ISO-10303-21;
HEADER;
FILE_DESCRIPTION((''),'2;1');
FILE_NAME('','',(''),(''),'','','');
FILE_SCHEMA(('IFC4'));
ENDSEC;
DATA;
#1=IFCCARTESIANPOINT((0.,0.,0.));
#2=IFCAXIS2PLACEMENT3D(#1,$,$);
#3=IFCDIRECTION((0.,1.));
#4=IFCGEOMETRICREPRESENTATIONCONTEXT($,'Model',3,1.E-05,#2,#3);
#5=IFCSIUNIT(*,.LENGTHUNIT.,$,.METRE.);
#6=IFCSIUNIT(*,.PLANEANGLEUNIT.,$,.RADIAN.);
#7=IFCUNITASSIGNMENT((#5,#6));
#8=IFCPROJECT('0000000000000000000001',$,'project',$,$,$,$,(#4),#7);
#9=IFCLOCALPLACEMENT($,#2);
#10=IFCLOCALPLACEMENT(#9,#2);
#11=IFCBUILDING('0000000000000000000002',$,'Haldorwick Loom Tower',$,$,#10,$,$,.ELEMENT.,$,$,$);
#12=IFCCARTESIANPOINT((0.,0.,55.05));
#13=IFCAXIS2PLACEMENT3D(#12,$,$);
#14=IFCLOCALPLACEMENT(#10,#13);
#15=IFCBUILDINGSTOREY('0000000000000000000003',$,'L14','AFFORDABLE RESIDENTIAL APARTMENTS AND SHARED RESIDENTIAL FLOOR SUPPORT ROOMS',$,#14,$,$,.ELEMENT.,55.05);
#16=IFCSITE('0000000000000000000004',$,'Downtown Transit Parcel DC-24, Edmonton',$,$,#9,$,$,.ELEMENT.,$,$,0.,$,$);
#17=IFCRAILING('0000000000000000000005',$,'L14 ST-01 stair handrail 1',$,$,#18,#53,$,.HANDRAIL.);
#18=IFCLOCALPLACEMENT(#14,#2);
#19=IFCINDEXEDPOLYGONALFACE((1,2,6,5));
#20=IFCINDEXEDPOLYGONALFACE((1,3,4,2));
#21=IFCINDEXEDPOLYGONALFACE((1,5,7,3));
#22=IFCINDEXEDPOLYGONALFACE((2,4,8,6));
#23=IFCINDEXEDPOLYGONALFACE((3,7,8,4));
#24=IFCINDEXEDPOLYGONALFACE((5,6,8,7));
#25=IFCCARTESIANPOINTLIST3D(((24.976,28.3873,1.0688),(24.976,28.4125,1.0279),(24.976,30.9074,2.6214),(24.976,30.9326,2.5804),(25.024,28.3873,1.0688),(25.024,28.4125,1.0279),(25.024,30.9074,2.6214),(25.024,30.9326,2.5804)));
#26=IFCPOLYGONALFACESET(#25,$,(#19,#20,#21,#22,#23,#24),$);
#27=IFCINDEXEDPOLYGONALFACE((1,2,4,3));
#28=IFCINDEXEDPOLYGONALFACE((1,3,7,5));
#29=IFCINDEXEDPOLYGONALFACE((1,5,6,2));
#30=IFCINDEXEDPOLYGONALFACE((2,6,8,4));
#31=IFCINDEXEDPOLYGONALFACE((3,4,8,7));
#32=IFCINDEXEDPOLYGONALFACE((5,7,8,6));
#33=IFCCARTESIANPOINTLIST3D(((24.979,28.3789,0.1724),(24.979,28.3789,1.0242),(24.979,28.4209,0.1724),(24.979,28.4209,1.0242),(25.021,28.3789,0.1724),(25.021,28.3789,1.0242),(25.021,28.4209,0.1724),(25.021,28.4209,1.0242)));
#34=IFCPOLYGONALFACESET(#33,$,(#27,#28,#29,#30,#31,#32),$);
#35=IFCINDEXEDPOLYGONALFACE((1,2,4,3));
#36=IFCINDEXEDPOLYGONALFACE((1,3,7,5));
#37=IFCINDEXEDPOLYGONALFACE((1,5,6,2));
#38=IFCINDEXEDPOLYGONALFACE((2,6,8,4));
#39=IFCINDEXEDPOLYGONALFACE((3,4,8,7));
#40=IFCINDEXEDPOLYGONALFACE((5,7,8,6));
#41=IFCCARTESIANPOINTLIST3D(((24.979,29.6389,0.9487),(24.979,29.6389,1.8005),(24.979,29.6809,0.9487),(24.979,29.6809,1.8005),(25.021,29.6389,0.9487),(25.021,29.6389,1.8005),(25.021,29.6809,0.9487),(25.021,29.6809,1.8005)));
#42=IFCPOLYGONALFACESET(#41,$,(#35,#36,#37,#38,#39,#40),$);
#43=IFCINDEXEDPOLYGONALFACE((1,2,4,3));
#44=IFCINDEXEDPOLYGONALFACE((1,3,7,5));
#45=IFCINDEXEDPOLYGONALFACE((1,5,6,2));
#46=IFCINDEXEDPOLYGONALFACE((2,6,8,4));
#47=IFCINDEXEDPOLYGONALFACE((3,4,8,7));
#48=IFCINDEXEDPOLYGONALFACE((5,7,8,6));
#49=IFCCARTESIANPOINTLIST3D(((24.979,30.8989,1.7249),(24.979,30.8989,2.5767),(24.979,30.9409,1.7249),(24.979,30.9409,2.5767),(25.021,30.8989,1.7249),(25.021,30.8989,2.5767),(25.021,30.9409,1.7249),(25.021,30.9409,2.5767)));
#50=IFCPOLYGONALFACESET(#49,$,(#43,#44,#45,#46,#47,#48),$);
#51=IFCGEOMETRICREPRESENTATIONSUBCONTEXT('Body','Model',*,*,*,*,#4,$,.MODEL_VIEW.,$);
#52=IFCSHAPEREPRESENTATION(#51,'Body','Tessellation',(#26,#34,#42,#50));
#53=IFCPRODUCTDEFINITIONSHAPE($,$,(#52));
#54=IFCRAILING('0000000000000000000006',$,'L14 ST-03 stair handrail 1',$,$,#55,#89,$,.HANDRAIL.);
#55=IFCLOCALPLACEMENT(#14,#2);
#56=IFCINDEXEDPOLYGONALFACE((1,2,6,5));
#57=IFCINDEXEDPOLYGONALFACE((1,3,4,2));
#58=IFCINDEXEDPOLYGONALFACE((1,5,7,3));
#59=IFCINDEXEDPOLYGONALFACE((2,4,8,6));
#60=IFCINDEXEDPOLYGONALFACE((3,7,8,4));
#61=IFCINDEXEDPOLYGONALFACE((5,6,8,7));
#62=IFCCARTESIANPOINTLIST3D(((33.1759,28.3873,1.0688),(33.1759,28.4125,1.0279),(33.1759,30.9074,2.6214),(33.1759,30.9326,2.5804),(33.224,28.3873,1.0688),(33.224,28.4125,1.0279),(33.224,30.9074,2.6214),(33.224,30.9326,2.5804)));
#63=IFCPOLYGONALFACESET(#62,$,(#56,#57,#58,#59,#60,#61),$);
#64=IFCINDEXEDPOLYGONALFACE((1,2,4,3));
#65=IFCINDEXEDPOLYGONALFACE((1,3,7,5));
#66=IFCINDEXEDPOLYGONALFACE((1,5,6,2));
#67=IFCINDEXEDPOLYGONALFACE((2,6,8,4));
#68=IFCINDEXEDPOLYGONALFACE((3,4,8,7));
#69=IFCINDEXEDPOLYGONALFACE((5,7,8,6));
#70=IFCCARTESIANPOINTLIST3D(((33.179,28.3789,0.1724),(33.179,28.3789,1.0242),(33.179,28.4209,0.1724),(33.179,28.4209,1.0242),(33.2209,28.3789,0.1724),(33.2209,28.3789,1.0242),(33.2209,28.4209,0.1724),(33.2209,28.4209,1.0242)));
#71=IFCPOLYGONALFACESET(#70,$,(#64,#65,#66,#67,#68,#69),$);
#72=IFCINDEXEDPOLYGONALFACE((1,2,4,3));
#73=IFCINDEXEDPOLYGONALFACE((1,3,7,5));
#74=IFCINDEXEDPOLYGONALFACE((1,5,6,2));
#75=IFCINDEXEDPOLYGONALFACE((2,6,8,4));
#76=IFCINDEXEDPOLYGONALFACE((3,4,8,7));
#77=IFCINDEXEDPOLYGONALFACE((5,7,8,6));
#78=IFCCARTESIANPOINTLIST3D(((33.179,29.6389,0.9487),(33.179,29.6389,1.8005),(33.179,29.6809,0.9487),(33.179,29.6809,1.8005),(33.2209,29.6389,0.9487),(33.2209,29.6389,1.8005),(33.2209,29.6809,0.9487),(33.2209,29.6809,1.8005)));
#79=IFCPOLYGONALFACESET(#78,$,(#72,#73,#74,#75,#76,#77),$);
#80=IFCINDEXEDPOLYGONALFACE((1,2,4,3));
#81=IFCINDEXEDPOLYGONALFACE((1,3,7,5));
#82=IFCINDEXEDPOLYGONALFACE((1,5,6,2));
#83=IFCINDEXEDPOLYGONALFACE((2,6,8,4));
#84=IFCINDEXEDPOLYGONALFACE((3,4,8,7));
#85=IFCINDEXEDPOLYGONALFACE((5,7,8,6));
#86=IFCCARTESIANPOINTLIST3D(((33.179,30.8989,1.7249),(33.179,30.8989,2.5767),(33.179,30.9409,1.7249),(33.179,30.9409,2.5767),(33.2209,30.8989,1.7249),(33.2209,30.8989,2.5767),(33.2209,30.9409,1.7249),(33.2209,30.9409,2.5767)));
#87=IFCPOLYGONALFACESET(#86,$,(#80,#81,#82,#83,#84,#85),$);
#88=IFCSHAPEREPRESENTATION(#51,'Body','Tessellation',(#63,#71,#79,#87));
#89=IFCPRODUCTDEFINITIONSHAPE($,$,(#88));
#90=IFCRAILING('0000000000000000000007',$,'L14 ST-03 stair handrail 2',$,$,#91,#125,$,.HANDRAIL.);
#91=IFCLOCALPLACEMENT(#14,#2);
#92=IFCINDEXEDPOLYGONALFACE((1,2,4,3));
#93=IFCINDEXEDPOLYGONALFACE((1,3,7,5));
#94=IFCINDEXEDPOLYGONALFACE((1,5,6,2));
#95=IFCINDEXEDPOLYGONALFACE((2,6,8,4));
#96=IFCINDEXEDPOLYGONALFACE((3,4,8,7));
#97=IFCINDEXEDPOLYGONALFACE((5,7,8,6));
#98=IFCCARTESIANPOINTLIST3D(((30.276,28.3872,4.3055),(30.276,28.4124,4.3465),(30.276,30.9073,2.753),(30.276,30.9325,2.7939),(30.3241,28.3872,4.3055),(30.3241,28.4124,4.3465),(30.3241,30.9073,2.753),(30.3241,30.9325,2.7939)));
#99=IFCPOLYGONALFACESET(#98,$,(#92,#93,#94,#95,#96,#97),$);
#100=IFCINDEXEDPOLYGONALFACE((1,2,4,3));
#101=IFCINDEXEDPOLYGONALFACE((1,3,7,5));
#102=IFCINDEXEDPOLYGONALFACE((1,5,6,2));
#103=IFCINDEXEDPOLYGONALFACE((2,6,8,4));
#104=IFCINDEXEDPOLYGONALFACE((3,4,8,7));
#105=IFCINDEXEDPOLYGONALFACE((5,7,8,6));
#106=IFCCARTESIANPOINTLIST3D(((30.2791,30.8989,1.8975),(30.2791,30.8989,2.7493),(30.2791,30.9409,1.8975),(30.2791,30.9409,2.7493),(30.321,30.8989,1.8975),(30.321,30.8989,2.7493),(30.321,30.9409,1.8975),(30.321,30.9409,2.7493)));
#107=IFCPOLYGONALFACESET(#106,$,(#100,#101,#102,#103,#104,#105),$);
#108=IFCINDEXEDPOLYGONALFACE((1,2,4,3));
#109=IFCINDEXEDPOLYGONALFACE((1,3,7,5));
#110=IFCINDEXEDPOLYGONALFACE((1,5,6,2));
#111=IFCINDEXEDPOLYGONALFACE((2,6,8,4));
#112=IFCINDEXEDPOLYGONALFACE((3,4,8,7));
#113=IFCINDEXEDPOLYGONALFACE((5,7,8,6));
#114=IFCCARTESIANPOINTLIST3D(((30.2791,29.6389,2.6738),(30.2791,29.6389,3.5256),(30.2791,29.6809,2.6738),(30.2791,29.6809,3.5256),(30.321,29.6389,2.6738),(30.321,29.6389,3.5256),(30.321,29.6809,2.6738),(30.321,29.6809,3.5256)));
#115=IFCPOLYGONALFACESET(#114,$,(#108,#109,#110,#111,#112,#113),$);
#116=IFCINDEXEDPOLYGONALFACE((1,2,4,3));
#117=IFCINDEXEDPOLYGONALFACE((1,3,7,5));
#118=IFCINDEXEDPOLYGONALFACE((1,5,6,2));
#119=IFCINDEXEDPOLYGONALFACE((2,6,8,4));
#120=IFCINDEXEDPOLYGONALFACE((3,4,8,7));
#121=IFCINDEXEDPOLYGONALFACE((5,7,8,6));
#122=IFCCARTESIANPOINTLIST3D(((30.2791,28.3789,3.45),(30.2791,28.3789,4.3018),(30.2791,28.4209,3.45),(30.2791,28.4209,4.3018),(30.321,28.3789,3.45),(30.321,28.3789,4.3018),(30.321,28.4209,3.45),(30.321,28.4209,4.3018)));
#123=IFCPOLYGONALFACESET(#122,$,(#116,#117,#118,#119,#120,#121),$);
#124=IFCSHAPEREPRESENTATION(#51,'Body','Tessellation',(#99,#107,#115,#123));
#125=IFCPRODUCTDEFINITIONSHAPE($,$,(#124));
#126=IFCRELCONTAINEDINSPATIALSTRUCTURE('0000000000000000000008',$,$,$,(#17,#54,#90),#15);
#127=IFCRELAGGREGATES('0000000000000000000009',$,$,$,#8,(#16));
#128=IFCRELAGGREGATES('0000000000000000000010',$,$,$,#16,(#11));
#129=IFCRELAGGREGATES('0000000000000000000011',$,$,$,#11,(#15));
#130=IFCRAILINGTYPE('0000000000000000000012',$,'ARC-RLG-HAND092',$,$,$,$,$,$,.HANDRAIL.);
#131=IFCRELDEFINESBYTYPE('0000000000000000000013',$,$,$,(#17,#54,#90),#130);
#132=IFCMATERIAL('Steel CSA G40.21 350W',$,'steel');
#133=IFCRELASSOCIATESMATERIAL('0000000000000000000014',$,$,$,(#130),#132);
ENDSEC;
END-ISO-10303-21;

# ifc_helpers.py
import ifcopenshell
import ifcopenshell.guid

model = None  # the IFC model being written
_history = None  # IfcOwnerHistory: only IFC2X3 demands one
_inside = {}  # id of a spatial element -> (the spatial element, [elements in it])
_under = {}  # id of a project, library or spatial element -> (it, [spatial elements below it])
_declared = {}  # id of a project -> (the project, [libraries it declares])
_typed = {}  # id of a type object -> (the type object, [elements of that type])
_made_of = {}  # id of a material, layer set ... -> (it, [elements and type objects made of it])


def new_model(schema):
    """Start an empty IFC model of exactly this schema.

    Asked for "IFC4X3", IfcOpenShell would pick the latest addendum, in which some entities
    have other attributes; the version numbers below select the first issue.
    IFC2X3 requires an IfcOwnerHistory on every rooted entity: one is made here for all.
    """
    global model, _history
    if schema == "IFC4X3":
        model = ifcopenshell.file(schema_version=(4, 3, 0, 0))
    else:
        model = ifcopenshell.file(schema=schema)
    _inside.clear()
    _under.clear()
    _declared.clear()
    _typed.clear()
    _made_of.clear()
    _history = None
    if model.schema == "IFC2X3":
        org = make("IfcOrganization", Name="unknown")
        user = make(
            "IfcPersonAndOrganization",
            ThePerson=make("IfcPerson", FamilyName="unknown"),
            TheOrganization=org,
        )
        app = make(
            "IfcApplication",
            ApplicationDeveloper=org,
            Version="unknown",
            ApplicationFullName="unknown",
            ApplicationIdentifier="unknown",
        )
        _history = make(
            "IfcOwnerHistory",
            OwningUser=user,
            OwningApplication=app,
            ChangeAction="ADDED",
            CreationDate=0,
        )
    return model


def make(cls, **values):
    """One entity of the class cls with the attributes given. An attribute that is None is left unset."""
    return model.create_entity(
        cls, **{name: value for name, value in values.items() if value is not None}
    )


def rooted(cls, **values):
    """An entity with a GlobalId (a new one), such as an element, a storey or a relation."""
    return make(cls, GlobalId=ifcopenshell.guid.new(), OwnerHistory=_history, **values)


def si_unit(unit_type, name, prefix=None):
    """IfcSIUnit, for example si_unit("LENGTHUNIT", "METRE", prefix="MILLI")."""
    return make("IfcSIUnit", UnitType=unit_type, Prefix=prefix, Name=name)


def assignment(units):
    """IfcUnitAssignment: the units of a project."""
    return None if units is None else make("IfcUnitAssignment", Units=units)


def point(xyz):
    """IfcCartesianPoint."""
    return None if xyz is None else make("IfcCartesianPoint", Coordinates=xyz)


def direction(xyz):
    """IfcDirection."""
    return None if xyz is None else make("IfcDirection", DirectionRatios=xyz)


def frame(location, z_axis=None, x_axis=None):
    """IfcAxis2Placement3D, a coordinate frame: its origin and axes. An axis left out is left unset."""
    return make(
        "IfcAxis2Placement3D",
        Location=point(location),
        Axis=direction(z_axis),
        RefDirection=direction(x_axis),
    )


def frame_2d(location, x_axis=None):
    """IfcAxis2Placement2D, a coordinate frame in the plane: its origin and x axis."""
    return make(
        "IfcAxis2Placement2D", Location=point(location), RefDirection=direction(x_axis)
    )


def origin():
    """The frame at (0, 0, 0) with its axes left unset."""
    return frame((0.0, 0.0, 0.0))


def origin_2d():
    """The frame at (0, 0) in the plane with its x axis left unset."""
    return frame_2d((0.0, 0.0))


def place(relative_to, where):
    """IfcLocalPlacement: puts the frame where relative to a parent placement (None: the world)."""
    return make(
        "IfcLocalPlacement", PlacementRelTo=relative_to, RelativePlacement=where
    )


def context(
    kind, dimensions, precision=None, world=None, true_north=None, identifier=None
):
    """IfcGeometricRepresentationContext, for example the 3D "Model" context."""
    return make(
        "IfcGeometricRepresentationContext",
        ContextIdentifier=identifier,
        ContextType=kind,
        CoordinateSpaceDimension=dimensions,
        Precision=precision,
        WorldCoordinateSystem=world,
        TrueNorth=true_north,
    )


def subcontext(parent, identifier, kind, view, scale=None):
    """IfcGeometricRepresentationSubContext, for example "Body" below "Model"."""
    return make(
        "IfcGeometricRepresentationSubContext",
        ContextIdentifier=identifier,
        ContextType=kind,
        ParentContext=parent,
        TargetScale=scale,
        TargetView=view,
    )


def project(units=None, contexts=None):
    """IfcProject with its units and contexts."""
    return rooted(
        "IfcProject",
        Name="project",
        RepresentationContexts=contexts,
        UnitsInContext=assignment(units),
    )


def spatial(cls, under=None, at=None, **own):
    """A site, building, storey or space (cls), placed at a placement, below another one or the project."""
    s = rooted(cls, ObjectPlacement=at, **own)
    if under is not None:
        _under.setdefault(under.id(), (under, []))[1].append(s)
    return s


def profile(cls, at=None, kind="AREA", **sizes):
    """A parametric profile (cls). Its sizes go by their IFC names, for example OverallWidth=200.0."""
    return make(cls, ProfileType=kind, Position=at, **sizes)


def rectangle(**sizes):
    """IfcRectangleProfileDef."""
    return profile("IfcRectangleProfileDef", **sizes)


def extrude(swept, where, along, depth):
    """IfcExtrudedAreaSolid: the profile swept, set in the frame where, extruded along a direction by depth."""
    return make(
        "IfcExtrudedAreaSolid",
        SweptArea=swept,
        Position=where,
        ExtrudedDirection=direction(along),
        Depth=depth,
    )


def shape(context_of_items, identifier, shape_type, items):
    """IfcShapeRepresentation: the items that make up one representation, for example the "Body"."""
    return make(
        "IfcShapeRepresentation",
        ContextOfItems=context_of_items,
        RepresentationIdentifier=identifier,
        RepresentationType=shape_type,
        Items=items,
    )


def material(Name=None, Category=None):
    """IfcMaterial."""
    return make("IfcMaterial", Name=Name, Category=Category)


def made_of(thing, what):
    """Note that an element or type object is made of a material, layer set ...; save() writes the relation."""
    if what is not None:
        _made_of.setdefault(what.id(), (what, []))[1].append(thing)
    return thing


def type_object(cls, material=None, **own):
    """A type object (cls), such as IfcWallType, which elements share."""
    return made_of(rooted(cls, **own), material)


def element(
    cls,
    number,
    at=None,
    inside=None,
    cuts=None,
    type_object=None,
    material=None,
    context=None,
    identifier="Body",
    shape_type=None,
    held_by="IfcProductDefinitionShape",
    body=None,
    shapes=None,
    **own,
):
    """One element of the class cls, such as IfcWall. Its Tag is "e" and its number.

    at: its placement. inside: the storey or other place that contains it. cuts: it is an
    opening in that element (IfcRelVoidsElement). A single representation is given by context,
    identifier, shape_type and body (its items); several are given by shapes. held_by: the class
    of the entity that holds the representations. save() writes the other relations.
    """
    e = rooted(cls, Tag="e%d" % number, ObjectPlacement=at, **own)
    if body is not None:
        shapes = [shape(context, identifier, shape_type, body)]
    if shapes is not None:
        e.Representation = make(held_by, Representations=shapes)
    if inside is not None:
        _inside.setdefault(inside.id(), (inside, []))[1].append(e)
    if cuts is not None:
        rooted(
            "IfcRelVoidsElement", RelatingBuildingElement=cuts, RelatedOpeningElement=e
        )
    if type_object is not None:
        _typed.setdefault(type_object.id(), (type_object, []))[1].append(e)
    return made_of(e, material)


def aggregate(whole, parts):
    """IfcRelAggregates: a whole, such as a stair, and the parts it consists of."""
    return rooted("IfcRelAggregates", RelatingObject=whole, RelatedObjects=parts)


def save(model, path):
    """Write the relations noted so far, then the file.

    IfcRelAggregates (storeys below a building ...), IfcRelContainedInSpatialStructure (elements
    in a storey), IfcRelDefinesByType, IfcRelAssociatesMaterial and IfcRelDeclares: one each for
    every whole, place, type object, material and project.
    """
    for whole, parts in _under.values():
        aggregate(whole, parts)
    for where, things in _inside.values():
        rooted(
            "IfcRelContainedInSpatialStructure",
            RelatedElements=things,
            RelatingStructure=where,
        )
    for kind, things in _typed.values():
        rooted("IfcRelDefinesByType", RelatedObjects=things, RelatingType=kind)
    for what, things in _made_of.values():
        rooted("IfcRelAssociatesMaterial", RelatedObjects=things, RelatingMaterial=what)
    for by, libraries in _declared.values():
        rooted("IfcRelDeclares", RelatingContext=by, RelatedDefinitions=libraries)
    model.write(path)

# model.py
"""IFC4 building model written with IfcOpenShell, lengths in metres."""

from ifc_helpers import new_model, si_unit, direction, frame, origin, origin_2d, place, context, subcontext, project, spatial, rectangle, extrude, material, type_object, element, save


model = new_model("IFC4")

# Units and contexts
model_context = context("Model", 3, precision=1e-05, world=origin(), true_north=direction((0.0, 1.0)))
body_context = subcontext(model_context, "Body", "Model", "MODEL_VIEW")
ifc_project = project(units=[si_unit("LENGTHUNIT", "METRE"), si_unit("PLANEANGLEUNIT", "RADIAN")], contexts=[model_context])

# Site, building, storey
site_placement = place(None, origin())
site = spatial("IfcSite", under=ifc_project, at=site_placement, Name="Downtown Transit Parcel DC-24, Edmonton", CompositionType="ELEMENT", RefElevation=0.0)
building_placement = place(site_placement, origin())
building = spatial("IfcBuilding", under=site, at=building_placement, Name="Haldorwick Loom Tower", CompositionType="ELEMENT")
storey_placement = place(building_placement, frame((0.0, 0.0, 55.05)))
storey = spatial("IfcBuildingStorey", under=building, at=storey_placement, Name="L14", Description="AFFORDABLE RESIDENTIAL APARTMENTS AND SHARED RESIDENTIAL FLOOR SUPPORT ROOMS", CompositionType="ELEMENT", Elevation=55.05)

# Shared definitions
ifc_material_1 = material(Name="Steel CSA G40.21 350W", Category="steel")

# Railings
railing_type_1 = type_object("IfcRailingType", Name="ARC-RLG-HAND092", PredefinedType="HANDRAIL", material=ifc_material_1)
for number, where, name in (
    (1, (25.0, 28.3999, 0.1724), "L14 ST-01 stair handrail 1"),
    (2, (33.2, 28.3999, 0.1724), "L14 ST-03 stair handrail 1"),
):
    element("IfcRailing", number, at=place(storey_placement, frame(where)), inside=storey, type_object=railing_type_1, Name=name, PredefinedType="HANDRAIL", context=body_context, shape_type="SweptSolid", body=[
        extrude(rectangle(XDim=0.0481, YDim=0.0481, at=origin_2d()), frame((0.0, 0.0, 0.876), z_axis=(0.0, 0.8514, 0.524516), x_axis=(-1.0, 0.0, 0.0)), (0.0, 0.0, 1.0), 2.96),
        extrude(rectangle(XDim=0.042, YDim=0.042, at=origin_2d()), origin(), (0.0, 0.0, 1.0), 0.8518),
        extrude(rectangle(XDim=0.042, YDim=0.042, at=origin_2d()), frame((0.0, 1.26, 0.7764)), (0.0, 0.0, 1.0), 0.8518),
        extrude(rectangle(XDim=0.042, YDim=0.042, at=origin_2d()), frame((0.0, 2.52, 1.5525)), (0.0, 0.0, 1.0), 0.8518),
    ])
railing_1_placement = place(storey_placement, frame((30.3, 30.9199, 1.8975)))
element("IfcRailing", 3, at=railing_1_placement, inside=storey, type_object=railing_type_1, Name="L14 ST-03 stair handrail 2", PredefinedType="HANDRAIL", context=body_context, shape_type="SweptSolid", body=[
    extrude(rectangle(XDim=0.0481, YDim=0.0481, at=origin_2d()), frame((0.0, 0.0, 0.876), z_axis=(0.0, -0.8514, 0.524516), x_axis=(1.0, 0.0, 0.0)), (0.0, 0.0, 1.0), 2.96),
    extrude(rectangle(XDim=0.042, YDim=0.042, at=origin_2d()), origin(), (0.0, 0.0, 1.0), 0.8518),
    extrude(rectangle(XDim=0.042, YDim=0.042, at=origin_2d()), frame((0.0, -1.26, 0.7764)), (0.0, 0.0, 1.0), 0.8518),
    extrude(rectangle(XDim=0.042, YDim=0.042, at=origin_2d()), frame((0.0, -2.52, 1.5525)), (0.0, 0.0, 1.0), 0.8518),
])

save(model, "model.ifc")
